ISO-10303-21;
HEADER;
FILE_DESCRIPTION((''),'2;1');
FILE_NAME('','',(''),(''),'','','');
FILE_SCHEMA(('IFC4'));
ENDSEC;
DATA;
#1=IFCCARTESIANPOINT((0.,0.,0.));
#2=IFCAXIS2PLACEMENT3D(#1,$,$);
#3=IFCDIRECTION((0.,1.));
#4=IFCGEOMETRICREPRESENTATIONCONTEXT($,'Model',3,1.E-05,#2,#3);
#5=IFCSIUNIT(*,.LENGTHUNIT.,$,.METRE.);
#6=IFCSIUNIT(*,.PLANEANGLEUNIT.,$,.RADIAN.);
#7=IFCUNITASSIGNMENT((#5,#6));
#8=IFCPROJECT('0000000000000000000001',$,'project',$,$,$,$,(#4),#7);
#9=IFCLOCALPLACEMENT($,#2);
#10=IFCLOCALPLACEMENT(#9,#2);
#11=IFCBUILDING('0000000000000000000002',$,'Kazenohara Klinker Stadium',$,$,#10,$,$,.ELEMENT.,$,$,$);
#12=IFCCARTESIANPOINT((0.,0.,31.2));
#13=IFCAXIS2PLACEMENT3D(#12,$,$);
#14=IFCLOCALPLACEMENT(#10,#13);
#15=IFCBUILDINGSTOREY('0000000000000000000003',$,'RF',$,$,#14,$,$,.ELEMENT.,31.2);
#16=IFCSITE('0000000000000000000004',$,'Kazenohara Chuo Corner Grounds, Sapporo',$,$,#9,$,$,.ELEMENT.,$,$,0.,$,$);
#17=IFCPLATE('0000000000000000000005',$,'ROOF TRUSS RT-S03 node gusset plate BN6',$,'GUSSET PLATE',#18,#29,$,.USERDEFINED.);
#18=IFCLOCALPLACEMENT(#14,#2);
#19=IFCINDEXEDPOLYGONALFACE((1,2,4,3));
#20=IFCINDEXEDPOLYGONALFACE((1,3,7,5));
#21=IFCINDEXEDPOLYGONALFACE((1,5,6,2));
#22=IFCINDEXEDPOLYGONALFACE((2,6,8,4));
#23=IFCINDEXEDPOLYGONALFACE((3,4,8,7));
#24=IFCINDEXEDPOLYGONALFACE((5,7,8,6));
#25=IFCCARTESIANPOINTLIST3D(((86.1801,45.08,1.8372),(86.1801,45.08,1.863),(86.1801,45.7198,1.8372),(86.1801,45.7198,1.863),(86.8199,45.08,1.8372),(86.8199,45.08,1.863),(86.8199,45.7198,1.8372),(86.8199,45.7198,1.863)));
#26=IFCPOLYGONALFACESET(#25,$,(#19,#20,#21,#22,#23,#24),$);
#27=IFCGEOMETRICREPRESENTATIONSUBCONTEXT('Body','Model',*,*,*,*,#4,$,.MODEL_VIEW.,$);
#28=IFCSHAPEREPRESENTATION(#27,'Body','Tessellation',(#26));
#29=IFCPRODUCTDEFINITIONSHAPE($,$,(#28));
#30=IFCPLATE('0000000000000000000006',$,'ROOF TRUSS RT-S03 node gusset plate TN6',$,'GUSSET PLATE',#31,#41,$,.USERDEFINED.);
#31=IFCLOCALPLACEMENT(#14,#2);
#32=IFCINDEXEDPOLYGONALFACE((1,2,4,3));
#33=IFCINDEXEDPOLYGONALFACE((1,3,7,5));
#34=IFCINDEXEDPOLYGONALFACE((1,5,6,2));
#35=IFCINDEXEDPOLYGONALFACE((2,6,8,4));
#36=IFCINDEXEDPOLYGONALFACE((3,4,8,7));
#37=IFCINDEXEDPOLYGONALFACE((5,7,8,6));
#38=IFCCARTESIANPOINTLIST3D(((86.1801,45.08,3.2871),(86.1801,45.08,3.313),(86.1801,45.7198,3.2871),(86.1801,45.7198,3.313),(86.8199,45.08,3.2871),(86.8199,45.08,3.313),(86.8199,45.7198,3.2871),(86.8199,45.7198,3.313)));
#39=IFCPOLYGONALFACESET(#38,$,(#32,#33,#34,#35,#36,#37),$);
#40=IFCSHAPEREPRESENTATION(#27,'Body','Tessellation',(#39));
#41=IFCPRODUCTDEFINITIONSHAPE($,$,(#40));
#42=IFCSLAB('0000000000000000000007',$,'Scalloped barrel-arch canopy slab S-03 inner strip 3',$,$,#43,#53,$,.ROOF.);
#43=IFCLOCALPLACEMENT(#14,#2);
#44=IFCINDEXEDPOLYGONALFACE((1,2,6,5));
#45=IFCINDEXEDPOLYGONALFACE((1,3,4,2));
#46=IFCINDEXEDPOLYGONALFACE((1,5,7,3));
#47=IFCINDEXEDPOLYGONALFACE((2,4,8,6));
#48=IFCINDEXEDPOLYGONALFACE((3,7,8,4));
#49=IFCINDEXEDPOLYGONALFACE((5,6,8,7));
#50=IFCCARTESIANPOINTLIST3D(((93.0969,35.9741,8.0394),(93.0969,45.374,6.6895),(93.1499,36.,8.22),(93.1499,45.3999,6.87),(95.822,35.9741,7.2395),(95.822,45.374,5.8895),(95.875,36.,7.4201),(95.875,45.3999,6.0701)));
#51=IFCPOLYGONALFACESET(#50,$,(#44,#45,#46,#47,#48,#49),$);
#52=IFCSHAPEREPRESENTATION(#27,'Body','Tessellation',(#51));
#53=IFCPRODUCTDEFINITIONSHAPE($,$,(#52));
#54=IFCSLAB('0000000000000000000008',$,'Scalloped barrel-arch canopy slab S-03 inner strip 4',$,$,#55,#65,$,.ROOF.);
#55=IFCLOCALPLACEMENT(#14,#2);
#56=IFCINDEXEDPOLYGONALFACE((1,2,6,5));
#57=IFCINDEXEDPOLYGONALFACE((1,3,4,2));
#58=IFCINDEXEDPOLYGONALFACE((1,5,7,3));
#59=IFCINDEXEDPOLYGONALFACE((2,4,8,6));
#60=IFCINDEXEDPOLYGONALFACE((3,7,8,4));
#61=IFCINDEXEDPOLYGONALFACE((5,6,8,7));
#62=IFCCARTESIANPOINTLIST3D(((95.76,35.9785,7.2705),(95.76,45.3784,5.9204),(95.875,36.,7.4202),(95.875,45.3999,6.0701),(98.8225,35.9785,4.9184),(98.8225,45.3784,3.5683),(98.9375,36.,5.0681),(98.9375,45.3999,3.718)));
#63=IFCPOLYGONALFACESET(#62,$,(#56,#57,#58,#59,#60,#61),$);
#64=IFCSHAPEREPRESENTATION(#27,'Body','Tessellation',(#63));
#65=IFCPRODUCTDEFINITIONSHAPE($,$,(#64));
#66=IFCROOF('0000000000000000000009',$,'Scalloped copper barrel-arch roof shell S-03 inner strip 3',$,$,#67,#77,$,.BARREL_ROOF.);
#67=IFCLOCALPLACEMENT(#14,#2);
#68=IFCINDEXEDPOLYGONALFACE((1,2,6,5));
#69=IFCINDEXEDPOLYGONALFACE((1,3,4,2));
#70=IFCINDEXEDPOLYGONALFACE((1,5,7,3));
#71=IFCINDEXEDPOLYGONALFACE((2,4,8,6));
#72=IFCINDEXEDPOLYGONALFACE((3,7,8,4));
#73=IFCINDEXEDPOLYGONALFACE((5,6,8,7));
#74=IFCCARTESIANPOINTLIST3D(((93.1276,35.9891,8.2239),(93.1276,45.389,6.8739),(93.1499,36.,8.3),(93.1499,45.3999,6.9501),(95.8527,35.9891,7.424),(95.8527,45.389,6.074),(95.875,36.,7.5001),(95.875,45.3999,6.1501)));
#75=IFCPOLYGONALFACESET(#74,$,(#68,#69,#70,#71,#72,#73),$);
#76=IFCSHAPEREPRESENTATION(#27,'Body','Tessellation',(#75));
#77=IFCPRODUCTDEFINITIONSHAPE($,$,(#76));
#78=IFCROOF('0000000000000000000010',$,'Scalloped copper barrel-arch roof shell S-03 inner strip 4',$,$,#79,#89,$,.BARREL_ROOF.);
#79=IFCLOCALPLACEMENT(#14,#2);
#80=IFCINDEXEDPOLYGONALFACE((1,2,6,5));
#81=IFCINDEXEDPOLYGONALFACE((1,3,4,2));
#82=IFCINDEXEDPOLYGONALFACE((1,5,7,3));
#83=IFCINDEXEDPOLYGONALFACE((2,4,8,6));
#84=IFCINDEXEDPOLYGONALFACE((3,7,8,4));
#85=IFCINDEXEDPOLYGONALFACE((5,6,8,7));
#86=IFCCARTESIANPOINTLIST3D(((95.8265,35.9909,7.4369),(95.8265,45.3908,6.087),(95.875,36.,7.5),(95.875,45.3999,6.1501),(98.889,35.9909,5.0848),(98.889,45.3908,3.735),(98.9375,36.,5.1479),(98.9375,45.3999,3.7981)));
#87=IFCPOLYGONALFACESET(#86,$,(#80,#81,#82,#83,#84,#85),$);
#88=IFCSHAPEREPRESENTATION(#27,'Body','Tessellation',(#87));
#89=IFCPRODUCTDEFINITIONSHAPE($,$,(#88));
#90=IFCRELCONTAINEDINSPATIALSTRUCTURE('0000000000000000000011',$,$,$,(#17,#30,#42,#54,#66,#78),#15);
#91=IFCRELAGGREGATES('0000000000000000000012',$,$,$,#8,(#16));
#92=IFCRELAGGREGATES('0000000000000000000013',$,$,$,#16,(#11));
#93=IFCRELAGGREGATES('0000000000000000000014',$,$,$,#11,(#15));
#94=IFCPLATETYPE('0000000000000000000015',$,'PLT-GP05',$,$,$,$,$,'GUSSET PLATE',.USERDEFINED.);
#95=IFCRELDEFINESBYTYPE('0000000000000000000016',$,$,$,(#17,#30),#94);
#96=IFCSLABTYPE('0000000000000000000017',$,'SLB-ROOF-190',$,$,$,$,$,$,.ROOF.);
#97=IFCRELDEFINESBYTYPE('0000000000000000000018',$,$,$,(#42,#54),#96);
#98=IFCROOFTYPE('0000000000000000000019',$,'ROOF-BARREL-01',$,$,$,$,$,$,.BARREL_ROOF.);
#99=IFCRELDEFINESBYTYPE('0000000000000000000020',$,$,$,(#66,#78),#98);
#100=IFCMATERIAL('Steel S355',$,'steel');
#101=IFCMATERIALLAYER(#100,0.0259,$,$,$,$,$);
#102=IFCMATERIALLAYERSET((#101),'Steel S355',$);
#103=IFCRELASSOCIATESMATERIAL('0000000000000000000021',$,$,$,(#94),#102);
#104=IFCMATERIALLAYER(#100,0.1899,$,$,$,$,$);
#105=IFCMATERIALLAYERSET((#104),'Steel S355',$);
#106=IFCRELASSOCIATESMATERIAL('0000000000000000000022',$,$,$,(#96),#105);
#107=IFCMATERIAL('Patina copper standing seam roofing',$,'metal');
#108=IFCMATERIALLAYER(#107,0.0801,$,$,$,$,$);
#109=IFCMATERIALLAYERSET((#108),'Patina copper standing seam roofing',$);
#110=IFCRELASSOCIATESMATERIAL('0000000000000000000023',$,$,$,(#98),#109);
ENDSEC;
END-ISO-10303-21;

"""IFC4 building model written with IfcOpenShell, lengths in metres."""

from ifc_helpers import new_model, si_unit, direction, frame, origin, origin_2d, place, context, subcontext, project, spatial, polyline, rectangle, outline, extrude, material, layer, layer_set, type_object, element, save


model = new_model("IFC4")

# Units and contexts
model_context = context("Model", 3, precision=1e-05, world=origin(), true_north=direction((0.0, 1.0)))
body_context = subcontext(model_context, "Body", "Model", "MODEL_VIEW")
ifc_project = project(units=[si_unit("LENGTHUNIT", "METRE"), si_unit("PLANEANGLEUNIT", "RADIAN")], contexts=[model_context])

# Site, building, storey
site_placement = place(None, origin())
site = spatial("IfcSite", under=ifc_project, at=site_placement, Name="Kazenohara Chuo Corner Grounds, Sapporo", CompositionType="ELEMENT", RefElevation=0.0)
building_placement = place(site_placement, origin())
building = spatial("IfcBuilding", under=site, at=building_placement, Name="Kazenohara Klinker Stadium", CompositionType="ELEMENT")
storey_placement = place(building_placement, frame((0.0, 0.0, 31.2)))
storey = spatial("IfcBuildingStorey", under=building, at=storey_placement, Name="RF", CompositionType="ELEMENT", Elevation=31.2)

# Shared definitions
ifc_material_1 = material(Name="Steel S355", Category="steel")

# Plates
ifc_layer_1 = layer(ifc_material_1, 0.0259)
ifc_layer_set_1 = layer_set([ifc_layer_1], Name="Steel S355")
plate_type_1 = type_object("IfcPlateType", Name="PLT-GP05", ElementType="GUSSET PLATE", PredefinedType="USERDEFINED", material=ifc_layer_set_1)
for number, where, z_axis, x_axis, name in (
    (1, (86.5, 45.3999, 1.8372), (0.0, 0.0, 1.0), (1.0, 0.0, 0.0), "ROOF TRUSS RT-S03 node gusset plate BN6"),
    (2, (86.5, 45.3999, 3.2871), (0.0, 0.0, 1.0), (1.0, 0.0, 0.0), "ROOF TRUSS RT-S03 node gusset plate TN6"),
):
    element("IfcPlate", number, at=place(storey_placement, frame(where, z_axis=z_axis, x_axis=x_axis)), inside=storey, type_object=plate_type_1, Name=name, ObjectType="GUSSET PLATE", PredefinedType="USERDEFINED", context=body_context, shape_type="SweptSolid", body=[
        extrude(rectangle(XDim=0.6399, YDim=0.6399, at=origin_2d()), origin(), (0.0, 0.0, 1.0), 0.0259),
    ])

# Slabs
ifc_layer_2 = layer(ifc_material_1, 0.1899)
ifc_layer_set_2 = layer_set([ifc_layer_2], Name="Steel S355")
slab_type = type_object("IfcSlabType", Name="SLB-ROOF-190", PredefinedType="ROOF", material=ifc_layer_set_2)
slab_1_placement = place(storey_placement, frame((93.1499, 36.0, 8.22), z_axis=(0.27902, 0.136512, 0.950533), x_axis=(-0.000003, 0.989844, -0.142156)))
element("IfcSlab", 3, at=slab_1_placement, inside=storey, type_object=slab_type, Name="Scalloped barrel-arch canopy slab S-03 inner strip 3", PredefinedType="ROOF", context=body_context, shape_type="SweptSolid", body=[
    extrude(outline(polyline([(0.0, 0.0), (9.4963, 0.0), (9.6101, -2.8378), (0.1137, -2.8378), (0.0, 0.0)])), origin(), (0.0, 0.0, -1.0), 0.1899),
])
slab_2_placement = place(storey_placement, frame((95.875, 36.0, 7.4202), z_axis=(0.605192, 0.113179, 0.787993), x_axis=(0.0, 0.989842, -0.14217)))
element("IfcSlab", 4, at=slab_2_placement, inside=storey, type_object=slab_type, Name="Scalloped barrel-arch canopy slab S-03 inner strip 4", PredefinedType="ROOF", context=body_context, shape_type="SweptSolid", body=[
    extrude(outline(polyline([(0.0, 0.0), (9.4964, 0.0), (9.8308, -3.847), (0.3344, -3.847), (0.0, 0.0)])), origin(), (0.0, 0.0, -1.0), 0.1899),
])

# Roofs
ifc_material_2 = material(Name="Patina copper standing seam roofing", Category="metal")
ifc_layer_3 = layer(ifc_material_2, 0.0801)
ifc_layer_set_3 = layer_set([ifc_layer_3], Name="Patina copper standing seam roofing")
roof_type = type_object("IfcRoofType", Name="ROOF-BARREL-01", PredefinedType="BARREL_ROOF", material=ifc_layer_set_3)
roof_1_placement = place(storey_placement, frame((93.1499, 36.0, 8.3), z_axis=(0.27902, 0.136512, 0.950533), x_axis=(0.000003, 0.989844, -0.142158)))
element("IfcRoof", 5, at=roof_1_placement, inside=storey, type_object=roof_type, Name="Scalloped copper barrel-arch roof shell S-03 inner strip 3", PredefinedType="BARREL_ROOF", context=body_context, shape_type="SweptSolid", body=[
    extrude(outline(polyline([(0.0, 0.0), (9.4964, 0.0), (9.6101, -2.8378), (0.1137, -2.8378), (0.0, 0.0)])), origin(), (0.0, 0.0, -1.0), 0.0801),
])
roof_2_placement = place(storey_placement, frame((95.875, 36.0, 7.5), z_axis=(0.605193, 0.113158, 0.787995), x_axis=(0.0, 0.989846, -0.142145)))
element("IfcRoof", 6, at=roof_2_placement, inside=storey, type_object=roof_type, Name="Scalloped copper barrel-arch roof shell S-03 inner strip 4", PredefinedType="BARREL_ROOF", context=body_context, shape_type="SweptSolid", body=[
    extrude(outline(polyline([(0.0, 0.0), (9.4963, 0.0), (9.8307, -3.847), (0.3343, -3.847), (0.0, 0.0)])), origin(), (0.0, 0.0, -1.0), 0.0801),
])

save(model, "model.ifc")
